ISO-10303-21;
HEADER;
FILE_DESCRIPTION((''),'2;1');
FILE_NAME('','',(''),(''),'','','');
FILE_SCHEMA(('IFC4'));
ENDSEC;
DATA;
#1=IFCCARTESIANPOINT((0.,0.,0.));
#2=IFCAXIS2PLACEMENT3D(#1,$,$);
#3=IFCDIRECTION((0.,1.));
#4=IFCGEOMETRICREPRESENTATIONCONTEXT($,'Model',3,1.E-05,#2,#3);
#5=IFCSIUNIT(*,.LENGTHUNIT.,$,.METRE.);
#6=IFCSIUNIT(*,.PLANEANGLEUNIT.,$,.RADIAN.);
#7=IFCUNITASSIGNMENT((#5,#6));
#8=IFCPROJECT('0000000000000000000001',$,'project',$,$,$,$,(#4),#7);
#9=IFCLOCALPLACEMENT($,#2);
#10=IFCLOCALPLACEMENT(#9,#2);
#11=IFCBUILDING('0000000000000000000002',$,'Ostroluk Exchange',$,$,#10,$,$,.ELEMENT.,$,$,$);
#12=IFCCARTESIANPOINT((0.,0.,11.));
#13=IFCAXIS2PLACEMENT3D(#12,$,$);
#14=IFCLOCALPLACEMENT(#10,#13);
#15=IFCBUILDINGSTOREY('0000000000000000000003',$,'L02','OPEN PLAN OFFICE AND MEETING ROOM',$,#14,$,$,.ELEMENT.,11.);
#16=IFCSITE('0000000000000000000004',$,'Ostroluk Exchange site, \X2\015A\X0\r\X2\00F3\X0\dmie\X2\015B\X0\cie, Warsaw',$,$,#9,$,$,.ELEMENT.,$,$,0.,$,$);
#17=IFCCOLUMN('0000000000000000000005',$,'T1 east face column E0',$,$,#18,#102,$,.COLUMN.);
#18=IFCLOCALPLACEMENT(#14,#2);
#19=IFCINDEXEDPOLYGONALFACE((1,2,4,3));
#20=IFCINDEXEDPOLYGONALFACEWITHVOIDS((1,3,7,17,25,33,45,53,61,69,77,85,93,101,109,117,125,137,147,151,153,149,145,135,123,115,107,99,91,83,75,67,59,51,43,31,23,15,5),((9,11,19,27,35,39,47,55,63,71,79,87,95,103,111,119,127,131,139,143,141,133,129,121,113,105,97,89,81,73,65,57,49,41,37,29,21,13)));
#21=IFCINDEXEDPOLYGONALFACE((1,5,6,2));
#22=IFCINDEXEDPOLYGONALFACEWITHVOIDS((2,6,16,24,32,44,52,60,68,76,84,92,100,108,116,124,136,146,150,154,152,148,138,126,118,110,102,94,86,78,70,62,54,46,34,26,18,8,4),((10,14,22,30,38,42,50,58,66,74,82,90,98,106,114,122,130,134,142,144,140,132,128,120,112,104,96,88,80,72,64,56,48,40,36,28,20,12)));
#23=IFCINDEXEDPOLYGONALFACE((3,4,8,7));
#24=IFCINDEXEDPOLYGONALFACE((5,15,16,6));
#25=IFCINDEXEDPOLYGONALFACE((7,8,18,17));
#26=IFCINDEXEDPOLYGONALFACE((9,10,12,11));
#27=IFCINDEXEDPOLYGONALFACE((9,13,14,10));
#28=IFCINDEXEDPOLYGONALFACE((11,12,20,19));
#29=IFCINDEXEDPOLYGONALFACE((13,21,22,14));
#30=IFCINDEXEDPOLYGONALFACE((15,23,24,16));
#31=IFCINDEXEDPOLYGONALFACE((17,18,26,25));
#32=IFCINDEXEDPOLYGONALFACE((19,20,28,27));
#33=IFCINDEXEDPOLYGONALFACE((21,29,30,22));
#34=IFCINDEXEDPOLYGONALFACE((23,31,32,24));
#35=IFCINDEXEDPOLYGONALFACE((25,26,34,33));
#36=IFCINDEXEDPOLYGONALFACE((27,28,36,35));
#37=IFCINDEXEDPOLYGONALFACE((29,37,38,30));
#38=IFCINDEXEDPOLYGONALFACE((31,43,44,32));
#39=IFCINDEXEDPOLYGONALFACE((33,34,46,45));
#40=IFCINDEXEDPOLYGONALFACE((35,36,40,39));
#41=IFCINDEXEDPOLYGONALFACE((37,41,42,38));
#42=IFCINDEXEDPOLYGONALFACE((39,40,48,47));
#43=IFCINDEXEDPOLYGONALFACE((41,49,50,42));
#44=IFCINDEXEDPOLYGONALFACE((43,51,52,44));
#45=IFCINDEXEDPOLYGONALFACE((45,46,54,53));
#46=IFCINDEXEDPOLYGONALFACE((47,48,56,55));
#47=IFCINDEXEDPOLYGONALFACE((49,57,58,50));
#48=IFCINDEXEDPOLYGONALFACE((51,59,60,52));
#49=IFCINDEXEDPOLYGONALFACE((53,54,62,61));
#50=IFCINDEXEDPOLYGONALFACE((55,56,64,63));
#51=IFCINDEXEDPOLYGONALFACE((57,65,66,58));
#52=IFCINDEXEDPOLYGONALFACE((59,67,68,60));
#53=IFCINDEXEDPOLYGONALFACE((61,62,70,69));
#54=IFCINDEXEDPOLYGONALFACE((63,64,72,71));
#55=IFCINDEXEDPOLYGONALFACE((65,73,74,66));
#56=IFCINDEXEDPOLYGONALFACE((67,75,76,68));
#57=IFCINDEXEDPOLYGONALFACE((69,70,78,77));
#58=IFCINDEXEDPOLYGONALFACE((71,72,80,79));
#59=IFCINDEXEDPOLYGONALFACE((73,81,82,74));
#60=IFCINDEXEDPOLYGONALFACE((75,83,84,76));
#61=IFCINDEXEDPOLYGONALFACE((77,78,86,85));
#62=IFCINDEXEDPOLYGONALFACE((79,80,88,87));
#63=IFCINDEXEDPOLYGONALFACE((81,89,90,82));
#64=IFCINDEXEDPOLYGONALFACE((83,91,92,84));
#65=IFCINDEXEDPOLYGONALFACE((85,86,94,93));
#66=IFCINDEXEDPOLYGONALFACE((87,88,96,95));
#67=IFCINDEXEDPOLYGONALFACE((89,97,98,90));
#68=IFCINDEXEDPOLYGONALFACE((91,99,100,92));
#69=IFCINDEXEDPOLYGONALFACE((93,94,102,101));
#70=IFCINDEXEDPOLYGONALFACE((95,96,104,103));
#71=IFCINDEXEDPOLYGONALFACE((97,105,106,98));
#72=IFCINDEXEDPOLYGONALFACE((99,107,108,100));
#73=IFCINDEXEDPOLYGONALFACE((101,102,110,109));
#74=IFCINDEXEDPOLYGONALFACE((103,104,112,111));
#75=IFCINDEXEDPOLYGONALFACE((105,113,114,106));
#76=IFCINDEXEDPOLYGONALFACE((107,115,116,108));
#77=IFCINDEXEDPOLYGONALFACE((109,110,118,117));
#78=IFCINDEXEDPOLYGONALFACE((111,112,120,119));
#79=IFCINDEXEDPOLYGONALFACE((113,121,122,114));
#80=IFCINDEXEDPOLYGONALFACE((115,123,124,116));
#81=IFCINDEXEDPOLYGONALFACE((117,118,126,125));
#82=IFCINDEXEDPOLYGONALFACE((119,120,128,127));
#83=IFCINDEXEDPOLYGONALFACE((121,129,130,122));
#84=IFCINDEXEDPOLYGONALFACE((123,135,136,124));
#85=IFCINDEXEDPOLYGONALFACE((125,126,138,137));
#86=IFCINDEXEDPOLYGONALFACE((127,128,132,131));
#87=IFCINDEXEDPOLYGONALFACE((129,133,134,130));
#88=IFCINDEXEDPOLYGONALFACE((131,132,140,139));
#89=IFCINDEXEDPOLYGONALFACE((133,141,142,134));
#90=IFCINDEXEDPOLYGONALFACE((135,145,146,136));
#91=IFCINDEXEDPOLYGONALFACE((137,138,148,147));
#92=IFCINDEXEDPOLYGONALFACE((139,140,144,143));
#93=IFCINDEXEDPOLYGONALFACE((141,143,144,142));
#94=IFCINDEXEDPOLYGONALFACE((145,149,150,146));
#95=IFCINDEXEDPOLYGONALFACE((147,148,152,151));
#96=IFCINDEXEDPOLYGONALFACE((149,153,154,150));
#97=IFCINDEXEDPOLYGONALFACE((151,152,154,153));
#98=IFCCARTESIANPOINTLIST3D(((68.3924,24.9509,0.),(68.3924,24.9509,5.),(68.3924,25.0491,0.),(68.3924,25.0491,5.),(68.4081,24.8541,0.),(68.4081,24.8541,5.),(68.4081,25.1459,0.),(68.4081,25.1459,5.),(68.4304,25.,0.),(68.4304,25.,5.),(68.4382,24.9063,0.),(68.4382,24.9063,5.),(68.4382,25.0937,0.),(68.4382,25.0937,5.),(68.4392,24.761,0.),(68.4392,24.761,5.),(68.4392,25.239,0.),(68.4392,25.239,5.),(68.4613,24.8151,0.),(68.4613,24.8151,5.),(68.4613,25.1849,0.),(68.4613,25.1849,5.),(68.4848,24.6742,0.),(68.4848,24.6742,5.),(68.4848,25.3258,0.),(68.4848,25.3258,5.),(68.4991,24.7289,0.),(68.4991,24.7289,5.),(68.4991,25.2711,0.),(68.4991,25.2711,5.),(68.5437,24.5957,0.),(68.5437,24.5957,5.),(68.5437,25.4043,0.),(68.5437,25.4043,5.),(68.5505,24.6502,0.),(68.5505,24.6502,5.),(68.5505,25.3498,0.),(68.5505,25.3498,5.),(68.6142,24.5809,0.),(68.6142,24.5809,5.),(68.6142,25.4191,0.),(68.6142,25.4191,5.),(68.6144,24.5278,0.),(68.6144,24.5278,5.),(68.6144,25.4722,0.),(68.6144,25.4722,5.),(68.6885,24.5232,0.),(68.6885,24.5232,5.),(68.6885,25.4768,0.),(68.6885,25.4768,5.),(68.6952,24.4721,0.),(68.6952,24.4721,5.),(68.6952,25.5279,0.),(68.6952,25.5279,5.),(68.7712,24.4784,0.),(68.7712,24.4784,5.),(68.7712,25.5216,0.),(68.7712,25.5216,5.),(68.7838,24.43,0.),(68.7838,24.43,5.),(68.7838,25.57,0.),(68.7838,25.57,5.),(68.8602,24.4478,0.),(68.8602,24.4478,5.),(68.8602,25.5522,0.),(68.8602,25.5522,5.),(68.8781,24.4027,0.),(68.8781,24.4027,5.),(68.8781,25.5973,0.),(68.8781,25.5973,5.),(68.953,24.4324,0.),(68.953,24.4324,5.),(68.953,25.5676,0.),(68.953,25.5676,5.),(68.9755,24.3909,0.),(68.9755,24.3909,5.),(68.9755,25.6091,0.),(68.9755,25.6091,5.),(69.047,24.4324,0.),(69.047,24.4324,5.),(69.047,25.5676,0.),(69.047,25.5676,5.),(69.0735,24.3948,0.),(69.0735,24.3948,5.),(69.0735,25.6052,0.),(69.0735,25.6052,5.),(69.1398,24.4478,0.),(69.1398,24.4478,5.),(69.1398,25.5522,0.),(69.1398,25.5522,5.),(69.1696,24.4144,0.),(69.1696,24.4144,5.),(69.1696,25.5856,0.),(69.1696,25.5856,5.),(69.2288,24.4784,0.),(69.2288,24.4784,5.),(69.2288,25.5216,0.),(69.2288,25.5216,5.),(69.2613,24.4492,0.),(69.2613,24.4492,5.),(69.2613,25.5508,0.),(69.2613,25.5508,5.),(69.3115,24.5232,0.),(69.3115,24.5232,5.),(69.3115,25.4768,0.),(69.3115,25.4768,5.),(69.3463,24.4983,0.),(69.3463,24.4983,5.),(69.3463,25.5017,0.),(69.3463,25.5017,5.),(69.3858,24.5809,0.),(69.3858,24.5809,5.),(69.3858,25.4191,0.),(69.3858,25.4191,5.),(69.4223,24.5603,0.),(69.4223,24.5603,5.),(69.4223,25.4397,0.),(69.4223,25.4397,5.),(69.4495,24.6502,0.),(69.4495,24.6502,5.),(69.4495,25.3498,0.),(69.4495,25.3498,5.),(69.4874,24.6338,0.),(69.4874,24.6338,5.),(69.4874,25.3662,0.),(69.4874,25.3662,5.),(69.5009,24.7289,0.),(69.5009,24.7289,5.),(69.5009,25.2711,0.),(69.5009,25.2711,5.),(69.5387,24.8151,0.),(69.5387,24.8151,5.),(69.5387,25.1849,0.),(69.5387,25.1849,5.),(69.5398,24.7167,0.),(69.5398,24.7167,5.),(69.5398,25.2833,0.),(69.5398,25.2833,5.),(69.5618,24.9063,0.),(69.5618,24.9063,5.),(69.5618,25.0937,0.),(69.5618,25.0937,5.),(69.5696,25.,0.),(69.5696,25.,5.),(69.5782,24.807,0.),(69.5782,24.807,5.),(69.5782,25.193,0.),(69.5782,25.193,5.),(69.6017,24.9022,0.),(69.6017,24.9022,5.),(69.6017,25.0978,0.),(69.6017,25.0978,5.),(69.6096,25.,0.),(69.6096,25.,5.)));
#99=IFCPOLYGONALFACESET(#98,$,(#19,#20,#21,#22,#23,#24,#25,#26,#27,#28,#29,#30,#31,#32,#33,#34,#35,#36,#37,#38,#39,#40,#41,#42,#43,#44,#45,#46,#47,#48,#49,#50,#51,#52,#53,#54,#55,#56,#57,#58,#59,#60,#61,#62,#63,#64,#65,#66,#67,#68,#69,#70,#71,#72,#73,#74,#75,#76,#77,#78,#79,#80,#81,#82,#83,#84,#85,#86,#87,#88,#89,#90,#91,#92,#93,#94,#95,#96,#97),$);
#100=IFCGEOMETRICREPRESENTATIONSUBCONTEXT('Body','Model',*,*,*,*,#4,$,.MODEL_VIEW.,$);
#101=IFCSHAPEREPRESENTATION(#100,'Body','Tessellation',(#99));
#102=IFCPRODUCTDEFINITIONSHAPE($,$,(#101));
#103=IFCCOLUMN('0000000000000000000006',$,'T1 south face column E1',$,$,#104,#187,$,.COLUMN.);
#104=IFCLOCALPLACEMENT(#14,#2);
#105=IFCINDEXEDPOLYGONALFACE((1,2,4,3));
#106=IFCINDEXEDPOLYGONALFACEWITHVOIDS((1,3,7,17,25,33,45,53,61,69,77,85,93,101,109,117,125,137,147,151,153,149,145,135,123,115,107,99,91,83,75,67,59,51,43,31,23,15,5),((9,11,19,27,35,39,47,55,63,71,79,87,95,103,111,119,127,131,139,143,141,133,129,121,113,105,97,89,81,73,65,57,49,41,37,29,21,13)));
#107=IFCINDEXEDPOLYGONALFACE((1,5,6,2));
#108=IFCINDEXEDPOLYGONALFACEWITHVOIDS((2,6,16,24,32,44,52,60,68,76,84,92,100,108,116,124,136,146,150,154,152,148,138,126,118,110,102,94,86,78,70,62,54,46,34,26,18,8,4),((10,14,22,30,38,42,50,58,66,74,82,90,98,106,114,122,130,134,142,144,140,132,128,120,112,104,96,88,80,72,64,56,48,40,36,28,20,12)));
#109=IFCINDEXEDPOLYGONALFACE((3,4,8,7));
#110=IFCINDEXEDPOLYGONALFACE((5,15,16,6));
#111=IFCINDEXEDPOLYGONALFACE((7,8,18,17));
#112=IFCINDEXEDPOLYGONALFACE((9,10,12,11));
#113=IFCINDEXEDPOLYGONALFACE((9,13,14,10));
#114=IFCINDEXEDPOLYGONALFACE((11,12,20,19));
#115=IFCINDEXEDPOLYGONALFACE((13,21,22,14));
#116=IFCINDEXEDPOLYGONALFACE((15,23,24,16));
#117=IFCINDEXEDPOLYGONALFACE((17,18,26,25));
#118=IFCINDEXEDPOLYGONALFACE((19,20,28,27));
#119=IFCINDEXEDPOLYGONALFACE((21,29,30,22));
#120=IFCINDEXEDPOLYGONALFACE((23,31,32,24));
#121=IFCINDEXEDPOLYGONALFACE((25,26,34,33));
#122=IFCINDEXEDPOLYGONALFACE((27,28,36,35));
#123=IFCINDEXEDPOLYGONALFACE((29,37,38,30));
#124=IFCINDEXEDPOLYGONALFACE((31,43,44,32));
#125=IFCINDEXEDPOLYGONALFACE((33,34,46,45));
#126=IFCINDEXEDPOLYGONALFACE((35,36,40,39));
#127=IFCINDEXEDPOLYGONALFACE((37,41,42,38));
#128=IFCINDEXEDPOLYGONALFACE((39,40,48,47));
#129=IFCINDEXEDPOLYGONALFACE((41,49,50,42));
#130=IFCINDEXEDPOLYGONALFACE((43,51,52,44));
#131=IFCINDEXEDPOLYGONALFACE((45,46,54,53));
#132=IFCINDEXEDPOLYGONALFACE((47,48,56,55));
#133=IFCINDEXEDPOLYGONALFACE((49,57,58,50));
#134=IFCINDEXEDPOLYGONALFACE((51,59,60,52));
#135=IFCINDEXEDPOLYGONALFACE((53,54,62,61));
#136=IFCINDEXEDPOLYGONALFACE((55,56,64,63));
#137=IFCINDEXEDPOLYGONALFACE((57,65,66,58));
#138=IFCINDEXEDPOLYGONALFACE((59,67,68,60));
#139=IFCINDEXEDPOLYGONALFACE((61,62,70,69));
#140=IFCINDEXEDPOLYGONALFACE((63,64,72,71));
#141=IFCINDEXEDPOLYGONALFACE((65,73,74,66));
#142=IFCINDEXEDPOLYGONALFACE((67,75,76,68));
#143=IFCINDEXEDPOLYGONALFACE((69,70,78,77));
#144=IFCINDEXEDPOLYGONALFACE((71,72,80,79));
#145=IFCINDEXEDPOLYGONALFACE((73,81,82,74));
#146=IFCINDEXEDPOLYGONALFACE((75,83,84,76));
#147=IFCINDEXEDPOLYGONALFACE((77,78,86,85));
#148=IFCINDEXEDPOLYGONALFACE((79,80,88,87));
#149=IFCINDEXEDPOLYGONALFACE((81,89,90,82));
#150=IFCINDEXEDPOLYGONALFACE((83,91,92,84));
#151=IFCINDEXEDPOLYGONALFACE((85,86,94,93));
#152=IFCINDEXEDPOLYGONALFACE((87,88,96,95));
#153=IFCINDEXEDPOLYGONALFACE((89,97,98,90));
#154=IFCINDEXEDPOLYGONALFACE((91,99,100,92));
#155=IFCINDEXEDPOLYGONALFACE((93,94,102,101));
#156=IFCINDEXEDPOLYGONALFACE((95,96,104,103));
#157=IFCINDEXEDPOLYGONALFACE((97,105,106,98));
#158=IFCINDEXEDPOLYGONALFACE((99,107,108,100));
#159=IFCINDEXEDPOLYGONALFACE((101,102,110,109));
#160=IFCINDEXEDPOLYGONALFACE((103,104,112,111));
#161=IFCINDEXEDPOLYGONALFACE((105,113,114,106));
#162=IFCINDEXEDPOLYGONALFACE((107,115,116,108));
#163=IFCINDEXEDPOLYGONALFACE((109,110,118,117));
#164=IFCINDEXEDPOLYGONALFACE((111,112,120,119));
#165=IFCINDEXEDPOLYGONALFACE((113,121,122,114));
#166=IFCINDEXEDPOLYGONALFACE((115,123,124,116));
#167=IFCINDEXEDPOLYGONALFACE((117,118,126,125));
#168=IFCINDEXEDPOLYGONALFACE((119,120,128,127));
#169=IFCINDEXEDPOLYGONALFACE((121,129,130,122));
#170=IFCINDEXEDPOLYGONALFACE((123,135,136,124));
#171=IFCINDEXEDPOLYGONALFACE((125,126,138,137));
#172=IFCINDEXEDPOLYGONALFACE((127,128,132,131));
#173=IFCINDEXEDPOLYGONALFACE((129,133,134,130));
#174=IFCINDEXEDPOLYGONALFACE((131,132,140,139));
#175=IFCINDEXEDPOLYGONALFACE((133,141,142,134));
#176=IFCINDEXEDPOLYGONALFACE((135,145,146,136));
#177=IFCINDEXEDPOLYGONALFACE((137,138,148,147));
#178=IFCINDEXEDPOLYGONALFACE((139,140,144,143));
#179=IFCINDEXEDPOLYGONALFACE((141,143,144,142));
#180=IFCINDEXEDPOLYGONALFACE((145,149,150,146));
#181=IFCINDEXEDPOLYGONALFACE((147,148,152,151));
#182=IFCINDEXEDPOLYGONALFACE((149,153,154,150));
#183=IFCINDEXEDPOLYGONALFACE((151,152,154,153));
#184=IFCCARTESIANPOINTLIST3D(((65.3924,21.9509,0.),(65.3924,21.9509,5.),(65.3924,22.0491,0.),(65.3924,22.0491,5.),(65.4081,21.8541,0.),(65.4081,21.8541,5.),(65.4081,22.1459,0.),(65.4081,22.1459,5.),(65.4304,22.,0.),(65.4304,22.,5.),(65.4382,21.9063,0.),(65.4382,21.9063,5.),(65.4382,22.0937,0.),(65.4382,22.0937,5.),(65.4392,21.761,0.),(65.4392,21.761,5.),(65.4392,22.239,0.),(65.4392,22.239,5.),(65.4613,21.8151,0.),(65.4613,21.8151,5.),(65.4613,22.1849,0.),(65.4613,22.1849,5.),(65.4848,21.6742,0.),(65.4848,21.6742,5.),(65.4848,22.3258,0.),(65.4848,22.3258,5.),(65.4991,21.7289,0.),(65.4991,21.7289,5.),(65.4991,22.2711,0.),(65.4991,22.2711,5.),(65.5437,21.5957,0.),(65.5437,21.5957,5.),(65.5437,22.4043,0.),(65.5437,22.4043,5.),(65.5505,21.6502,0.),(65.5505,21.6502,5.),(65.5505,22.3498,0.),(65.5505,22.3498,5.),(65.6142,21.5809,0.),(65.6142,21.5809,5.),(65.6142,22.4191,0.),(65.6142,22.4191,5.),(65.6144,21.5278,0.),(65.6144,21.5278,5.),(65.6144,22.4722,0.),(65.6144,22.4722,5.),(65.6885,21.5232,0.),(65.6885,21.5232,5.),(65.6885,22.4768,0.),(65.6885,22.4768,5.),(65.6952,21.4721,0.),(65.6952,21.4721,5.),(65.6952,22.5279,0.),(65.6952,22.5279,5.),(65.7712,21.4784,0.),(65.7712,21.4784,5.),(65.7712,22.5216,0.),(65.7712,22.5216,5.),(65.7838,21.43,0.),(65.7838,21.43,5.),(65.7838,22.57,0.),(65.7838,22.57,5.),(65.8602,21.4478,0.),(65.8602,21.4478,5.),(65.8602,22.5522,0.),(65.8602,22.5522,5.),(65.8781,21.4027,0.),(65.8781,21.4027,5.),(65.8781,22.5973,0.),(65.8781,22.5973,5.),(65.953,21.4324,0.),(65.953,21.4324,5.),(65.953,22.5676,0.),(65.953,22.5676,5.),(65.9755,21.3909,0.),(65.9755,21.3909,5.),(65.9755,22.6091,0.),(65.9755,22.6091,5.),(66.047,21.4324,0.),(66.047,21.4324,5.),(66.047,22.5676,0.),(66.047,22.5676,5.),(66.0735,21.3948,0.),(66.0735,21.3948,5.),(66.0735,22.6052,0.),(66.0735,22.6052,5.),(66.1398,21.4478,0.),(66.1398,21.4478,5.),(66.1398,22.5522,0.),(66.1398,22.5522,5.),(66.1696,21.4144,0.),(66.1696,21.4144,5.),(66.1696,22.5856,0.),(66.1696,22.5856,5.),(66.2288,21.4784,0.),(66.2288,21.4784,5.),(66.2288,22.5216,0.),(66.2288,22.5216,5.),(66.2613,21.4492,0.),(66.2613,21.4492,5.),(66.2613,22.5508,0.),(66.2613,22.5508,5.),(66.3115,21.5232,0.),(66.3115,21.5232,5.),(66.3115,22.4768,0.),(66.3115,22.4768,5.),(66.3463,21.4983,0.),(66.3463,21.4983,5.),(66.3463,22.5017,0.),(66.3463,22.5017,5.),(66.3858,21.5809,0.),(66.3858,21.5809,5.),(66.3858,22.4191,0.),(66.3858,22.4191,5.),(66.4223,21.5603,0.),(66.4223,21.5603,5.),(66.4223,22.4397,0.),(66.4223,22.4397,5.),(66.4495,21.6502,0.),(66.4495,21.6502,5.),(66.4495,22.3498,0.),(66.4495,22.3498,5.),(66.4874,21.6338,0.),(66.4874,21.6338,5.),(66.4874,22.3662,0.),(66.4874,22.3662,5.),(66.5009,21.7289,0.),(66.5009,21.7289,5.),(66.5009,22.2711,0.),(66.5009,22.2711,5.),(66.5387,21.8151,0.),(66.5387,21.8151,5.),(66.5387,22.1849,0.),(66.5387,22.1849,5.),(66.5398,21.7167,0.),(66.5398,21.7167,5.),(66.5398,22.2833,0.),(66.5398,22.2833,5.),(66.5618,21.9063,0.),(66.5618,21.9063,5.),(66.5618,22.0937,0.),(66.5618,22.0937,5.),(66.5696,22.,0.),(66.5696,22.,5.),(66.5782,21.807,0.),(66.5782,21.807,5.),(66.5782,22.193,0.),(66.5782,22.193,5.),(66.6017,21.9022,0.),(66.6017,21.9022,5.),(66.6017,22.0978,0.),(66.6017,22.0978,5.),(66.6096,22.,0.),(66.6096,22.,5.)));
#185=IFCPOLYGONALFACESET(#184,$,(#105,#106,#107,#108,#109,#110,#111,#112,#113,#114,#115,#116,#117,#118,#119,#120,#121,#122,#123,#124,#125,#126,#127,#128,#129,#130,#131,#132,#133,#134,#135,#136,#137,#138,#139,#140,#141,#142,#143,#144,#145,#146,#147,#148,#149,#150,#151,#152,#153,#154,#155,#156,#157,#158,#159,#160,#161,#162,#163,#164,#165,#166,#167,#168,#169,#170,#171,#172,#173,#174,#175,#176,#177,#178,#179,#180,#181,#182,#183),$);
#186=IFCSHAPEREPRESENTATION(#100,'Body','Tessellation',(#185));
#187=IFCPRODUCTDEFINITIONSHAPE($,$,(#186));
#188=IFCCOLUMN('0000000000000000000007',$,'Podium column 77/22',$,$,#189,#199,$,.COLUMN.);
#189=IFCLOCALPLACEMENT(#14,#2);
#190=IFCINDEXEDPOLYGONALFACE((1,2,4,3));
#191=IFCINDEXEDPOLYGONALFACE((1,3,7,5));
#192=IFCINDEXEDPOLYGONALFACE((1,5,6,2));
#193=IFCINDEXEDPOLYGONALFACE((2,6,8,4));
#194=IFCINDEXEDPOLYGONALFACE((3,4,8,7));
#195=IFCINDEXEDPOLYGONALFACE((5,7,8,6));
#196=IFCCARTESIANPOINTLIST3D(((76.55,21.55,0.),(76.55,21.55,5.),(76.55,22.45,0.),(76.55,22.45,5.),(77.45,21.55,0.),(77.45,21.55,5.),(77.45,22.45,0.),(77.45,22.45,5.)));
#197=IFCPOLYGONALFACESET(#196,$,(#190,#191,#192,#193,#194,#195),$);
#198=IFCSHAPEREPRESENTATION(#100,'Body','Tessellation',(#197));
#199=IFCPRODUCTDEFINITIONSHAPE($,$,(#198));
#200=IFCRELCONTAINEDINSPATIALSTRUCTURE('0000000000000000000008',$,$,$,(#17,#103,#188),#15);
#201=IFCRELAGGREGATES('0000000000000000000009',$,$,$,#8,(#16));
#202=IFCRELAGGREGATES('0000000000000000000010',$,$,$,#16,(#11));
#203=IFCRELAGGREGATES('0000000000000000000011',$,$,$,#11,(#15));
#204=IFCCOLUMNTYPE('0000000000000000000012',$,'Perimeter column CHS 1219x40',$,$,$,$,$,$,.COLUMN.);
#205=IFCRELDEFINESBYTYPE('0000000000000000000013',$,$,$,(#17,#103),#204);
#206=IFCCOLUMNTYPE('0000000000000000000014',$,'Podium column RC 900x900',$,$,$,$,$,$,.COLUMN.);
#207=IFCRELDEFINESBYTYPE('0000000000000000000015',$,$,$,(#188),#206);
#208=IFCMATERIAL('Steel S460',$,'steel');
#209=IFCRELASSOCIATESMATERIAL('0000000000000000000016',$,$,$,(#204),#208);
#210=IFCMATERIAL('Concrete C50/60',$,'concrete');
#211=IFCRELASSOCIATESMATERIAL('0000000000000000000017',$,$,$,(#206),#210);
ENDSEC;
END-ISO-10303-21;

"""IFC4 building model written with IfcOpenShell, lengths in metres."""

from ifc_helpers import new_model, si_unit, direction, frame, origin, origin_2d, place, context, subcontext, project, spatial, rectangle, hollow_circle, extrude, material, material_profile, profile_set, type_object, element, save


model = new_model("IFC4")

# Units and contexts
model_context = context("Model", 3, precision=1e-05, world=origin(), true_north=direction((0.0, 1.0)))
body_context = subcontext(model_context, "Body", "Model", "MODEL_VIEW")
ifc_project = project(units=[si_unit("LENGTHUNIT", "METRE"), si_unit("PLANEANGLEUNIT", "RADIAN")], contexts=[model_context])

# Site, building, storey
site_placement = place(None, origin())
site = spatial("IfcSite", under=ifc_project, at=site_placement, Name="Ostroluk Exchange site, Śródmieście, Warsaw", CompositionType="ELEMENT", RefElevation=0.0)
building_placement = place(site_placement, origin())
building = spatial("IfcBuilding", under=site, at=building_placement, Name="Ostroluk Exchange", CompositionType="ELEMENT")
storey_placement = place(building_placement, frame((0.0, 0.0, 11.0)))
storey = spatial("IfcBuildingStorey", under=building, at=storey_placement, Name="L02", Description="OPEN PLAN OFFICE AND MEETING ROOM", CompositionType="ELEMENT", Elevation=11.0)

# Columns
ifc_material_1 = material(Name="Steel S460", Category="steel")
ifc_material_profile_1 = material_profile(ifc_material_1, hollow_circle(Radius=0.6096, WallThickness=0.04, at=origin_2d()), Name="CHS 1219x40")
ifc_profile_set_1 = profile_set([ifc_material_profile_1], Name="Steel S460")
column_type_1 = type_object("IfcColumnType", Name="Perimeter column CHS 1219x40", PredefinedType="COLUMN", material=ifc_profile_set_1)
for number, where, z_axis, x_axis, name in (
    (1, (69.0, 25.0, 0.0), (0.0, 0.0, 1.0), (1.0, 0.0, 0.0), "T1 east face column E0"),
    (2, (66.0, 22.0, 0.0), (0.0, 0.0, 1.0), (1.0, 0.0, 0.0), "T1 south face column E1"),
):
    element("IfcColumn", number, at=place(storey_placement, frame(where, z_axis=z_axis, x_axis=x_axis)), inside=storey, type_object=column_type_1, Name=name, PredefinedType="COLUMN", context=body_context, shape_type="SweptSolid", body=[
        extrude(hollow_circle(Radius=0.6096, WallThickness=0.04, at=origin_2d()), origin(), (0.0, 0.0, 1.0), 5.0),
    ])
ifc_material_2 = material(Name="Concrete C50/60", Category="concrete")
ifc_material_profile_2 = material_profile(ifc_material_2, rectangle(XDim=0.8999, YDim=0.8999, at=origin_2d()), Name="RC 900x900")
ifc_profile_set_2 = profile_set([ifc_material_profile_2], Name="Concrete C50/60")
column_type_2 = type_object("IfcColumnType", Name="Podium column RC 900x900", PredefinedType="COLUMN", material=ifc_profile_set_2)
column_placement = place(storey_placement, frame((77.0, 22.0, 0.0), z_axis=(0.0, 0.0, 1.0), x_axis=(1.0, 0.0, 0.0)))
element("IfcColumn", 3, at=column_placement, inside=storey, type_object=column_type_2, Name="Podium column 77/22", PredefinedType="COLUMN", context=body_context, shape_type="SweptSolid", body=[
    extrude(rectangle(XDim=0.8999, YDim=0.8999, at=origin_2d()), origin(), (0.0, 0.0, 1.0), 5.0),
])

save(model, "model.ifc")
